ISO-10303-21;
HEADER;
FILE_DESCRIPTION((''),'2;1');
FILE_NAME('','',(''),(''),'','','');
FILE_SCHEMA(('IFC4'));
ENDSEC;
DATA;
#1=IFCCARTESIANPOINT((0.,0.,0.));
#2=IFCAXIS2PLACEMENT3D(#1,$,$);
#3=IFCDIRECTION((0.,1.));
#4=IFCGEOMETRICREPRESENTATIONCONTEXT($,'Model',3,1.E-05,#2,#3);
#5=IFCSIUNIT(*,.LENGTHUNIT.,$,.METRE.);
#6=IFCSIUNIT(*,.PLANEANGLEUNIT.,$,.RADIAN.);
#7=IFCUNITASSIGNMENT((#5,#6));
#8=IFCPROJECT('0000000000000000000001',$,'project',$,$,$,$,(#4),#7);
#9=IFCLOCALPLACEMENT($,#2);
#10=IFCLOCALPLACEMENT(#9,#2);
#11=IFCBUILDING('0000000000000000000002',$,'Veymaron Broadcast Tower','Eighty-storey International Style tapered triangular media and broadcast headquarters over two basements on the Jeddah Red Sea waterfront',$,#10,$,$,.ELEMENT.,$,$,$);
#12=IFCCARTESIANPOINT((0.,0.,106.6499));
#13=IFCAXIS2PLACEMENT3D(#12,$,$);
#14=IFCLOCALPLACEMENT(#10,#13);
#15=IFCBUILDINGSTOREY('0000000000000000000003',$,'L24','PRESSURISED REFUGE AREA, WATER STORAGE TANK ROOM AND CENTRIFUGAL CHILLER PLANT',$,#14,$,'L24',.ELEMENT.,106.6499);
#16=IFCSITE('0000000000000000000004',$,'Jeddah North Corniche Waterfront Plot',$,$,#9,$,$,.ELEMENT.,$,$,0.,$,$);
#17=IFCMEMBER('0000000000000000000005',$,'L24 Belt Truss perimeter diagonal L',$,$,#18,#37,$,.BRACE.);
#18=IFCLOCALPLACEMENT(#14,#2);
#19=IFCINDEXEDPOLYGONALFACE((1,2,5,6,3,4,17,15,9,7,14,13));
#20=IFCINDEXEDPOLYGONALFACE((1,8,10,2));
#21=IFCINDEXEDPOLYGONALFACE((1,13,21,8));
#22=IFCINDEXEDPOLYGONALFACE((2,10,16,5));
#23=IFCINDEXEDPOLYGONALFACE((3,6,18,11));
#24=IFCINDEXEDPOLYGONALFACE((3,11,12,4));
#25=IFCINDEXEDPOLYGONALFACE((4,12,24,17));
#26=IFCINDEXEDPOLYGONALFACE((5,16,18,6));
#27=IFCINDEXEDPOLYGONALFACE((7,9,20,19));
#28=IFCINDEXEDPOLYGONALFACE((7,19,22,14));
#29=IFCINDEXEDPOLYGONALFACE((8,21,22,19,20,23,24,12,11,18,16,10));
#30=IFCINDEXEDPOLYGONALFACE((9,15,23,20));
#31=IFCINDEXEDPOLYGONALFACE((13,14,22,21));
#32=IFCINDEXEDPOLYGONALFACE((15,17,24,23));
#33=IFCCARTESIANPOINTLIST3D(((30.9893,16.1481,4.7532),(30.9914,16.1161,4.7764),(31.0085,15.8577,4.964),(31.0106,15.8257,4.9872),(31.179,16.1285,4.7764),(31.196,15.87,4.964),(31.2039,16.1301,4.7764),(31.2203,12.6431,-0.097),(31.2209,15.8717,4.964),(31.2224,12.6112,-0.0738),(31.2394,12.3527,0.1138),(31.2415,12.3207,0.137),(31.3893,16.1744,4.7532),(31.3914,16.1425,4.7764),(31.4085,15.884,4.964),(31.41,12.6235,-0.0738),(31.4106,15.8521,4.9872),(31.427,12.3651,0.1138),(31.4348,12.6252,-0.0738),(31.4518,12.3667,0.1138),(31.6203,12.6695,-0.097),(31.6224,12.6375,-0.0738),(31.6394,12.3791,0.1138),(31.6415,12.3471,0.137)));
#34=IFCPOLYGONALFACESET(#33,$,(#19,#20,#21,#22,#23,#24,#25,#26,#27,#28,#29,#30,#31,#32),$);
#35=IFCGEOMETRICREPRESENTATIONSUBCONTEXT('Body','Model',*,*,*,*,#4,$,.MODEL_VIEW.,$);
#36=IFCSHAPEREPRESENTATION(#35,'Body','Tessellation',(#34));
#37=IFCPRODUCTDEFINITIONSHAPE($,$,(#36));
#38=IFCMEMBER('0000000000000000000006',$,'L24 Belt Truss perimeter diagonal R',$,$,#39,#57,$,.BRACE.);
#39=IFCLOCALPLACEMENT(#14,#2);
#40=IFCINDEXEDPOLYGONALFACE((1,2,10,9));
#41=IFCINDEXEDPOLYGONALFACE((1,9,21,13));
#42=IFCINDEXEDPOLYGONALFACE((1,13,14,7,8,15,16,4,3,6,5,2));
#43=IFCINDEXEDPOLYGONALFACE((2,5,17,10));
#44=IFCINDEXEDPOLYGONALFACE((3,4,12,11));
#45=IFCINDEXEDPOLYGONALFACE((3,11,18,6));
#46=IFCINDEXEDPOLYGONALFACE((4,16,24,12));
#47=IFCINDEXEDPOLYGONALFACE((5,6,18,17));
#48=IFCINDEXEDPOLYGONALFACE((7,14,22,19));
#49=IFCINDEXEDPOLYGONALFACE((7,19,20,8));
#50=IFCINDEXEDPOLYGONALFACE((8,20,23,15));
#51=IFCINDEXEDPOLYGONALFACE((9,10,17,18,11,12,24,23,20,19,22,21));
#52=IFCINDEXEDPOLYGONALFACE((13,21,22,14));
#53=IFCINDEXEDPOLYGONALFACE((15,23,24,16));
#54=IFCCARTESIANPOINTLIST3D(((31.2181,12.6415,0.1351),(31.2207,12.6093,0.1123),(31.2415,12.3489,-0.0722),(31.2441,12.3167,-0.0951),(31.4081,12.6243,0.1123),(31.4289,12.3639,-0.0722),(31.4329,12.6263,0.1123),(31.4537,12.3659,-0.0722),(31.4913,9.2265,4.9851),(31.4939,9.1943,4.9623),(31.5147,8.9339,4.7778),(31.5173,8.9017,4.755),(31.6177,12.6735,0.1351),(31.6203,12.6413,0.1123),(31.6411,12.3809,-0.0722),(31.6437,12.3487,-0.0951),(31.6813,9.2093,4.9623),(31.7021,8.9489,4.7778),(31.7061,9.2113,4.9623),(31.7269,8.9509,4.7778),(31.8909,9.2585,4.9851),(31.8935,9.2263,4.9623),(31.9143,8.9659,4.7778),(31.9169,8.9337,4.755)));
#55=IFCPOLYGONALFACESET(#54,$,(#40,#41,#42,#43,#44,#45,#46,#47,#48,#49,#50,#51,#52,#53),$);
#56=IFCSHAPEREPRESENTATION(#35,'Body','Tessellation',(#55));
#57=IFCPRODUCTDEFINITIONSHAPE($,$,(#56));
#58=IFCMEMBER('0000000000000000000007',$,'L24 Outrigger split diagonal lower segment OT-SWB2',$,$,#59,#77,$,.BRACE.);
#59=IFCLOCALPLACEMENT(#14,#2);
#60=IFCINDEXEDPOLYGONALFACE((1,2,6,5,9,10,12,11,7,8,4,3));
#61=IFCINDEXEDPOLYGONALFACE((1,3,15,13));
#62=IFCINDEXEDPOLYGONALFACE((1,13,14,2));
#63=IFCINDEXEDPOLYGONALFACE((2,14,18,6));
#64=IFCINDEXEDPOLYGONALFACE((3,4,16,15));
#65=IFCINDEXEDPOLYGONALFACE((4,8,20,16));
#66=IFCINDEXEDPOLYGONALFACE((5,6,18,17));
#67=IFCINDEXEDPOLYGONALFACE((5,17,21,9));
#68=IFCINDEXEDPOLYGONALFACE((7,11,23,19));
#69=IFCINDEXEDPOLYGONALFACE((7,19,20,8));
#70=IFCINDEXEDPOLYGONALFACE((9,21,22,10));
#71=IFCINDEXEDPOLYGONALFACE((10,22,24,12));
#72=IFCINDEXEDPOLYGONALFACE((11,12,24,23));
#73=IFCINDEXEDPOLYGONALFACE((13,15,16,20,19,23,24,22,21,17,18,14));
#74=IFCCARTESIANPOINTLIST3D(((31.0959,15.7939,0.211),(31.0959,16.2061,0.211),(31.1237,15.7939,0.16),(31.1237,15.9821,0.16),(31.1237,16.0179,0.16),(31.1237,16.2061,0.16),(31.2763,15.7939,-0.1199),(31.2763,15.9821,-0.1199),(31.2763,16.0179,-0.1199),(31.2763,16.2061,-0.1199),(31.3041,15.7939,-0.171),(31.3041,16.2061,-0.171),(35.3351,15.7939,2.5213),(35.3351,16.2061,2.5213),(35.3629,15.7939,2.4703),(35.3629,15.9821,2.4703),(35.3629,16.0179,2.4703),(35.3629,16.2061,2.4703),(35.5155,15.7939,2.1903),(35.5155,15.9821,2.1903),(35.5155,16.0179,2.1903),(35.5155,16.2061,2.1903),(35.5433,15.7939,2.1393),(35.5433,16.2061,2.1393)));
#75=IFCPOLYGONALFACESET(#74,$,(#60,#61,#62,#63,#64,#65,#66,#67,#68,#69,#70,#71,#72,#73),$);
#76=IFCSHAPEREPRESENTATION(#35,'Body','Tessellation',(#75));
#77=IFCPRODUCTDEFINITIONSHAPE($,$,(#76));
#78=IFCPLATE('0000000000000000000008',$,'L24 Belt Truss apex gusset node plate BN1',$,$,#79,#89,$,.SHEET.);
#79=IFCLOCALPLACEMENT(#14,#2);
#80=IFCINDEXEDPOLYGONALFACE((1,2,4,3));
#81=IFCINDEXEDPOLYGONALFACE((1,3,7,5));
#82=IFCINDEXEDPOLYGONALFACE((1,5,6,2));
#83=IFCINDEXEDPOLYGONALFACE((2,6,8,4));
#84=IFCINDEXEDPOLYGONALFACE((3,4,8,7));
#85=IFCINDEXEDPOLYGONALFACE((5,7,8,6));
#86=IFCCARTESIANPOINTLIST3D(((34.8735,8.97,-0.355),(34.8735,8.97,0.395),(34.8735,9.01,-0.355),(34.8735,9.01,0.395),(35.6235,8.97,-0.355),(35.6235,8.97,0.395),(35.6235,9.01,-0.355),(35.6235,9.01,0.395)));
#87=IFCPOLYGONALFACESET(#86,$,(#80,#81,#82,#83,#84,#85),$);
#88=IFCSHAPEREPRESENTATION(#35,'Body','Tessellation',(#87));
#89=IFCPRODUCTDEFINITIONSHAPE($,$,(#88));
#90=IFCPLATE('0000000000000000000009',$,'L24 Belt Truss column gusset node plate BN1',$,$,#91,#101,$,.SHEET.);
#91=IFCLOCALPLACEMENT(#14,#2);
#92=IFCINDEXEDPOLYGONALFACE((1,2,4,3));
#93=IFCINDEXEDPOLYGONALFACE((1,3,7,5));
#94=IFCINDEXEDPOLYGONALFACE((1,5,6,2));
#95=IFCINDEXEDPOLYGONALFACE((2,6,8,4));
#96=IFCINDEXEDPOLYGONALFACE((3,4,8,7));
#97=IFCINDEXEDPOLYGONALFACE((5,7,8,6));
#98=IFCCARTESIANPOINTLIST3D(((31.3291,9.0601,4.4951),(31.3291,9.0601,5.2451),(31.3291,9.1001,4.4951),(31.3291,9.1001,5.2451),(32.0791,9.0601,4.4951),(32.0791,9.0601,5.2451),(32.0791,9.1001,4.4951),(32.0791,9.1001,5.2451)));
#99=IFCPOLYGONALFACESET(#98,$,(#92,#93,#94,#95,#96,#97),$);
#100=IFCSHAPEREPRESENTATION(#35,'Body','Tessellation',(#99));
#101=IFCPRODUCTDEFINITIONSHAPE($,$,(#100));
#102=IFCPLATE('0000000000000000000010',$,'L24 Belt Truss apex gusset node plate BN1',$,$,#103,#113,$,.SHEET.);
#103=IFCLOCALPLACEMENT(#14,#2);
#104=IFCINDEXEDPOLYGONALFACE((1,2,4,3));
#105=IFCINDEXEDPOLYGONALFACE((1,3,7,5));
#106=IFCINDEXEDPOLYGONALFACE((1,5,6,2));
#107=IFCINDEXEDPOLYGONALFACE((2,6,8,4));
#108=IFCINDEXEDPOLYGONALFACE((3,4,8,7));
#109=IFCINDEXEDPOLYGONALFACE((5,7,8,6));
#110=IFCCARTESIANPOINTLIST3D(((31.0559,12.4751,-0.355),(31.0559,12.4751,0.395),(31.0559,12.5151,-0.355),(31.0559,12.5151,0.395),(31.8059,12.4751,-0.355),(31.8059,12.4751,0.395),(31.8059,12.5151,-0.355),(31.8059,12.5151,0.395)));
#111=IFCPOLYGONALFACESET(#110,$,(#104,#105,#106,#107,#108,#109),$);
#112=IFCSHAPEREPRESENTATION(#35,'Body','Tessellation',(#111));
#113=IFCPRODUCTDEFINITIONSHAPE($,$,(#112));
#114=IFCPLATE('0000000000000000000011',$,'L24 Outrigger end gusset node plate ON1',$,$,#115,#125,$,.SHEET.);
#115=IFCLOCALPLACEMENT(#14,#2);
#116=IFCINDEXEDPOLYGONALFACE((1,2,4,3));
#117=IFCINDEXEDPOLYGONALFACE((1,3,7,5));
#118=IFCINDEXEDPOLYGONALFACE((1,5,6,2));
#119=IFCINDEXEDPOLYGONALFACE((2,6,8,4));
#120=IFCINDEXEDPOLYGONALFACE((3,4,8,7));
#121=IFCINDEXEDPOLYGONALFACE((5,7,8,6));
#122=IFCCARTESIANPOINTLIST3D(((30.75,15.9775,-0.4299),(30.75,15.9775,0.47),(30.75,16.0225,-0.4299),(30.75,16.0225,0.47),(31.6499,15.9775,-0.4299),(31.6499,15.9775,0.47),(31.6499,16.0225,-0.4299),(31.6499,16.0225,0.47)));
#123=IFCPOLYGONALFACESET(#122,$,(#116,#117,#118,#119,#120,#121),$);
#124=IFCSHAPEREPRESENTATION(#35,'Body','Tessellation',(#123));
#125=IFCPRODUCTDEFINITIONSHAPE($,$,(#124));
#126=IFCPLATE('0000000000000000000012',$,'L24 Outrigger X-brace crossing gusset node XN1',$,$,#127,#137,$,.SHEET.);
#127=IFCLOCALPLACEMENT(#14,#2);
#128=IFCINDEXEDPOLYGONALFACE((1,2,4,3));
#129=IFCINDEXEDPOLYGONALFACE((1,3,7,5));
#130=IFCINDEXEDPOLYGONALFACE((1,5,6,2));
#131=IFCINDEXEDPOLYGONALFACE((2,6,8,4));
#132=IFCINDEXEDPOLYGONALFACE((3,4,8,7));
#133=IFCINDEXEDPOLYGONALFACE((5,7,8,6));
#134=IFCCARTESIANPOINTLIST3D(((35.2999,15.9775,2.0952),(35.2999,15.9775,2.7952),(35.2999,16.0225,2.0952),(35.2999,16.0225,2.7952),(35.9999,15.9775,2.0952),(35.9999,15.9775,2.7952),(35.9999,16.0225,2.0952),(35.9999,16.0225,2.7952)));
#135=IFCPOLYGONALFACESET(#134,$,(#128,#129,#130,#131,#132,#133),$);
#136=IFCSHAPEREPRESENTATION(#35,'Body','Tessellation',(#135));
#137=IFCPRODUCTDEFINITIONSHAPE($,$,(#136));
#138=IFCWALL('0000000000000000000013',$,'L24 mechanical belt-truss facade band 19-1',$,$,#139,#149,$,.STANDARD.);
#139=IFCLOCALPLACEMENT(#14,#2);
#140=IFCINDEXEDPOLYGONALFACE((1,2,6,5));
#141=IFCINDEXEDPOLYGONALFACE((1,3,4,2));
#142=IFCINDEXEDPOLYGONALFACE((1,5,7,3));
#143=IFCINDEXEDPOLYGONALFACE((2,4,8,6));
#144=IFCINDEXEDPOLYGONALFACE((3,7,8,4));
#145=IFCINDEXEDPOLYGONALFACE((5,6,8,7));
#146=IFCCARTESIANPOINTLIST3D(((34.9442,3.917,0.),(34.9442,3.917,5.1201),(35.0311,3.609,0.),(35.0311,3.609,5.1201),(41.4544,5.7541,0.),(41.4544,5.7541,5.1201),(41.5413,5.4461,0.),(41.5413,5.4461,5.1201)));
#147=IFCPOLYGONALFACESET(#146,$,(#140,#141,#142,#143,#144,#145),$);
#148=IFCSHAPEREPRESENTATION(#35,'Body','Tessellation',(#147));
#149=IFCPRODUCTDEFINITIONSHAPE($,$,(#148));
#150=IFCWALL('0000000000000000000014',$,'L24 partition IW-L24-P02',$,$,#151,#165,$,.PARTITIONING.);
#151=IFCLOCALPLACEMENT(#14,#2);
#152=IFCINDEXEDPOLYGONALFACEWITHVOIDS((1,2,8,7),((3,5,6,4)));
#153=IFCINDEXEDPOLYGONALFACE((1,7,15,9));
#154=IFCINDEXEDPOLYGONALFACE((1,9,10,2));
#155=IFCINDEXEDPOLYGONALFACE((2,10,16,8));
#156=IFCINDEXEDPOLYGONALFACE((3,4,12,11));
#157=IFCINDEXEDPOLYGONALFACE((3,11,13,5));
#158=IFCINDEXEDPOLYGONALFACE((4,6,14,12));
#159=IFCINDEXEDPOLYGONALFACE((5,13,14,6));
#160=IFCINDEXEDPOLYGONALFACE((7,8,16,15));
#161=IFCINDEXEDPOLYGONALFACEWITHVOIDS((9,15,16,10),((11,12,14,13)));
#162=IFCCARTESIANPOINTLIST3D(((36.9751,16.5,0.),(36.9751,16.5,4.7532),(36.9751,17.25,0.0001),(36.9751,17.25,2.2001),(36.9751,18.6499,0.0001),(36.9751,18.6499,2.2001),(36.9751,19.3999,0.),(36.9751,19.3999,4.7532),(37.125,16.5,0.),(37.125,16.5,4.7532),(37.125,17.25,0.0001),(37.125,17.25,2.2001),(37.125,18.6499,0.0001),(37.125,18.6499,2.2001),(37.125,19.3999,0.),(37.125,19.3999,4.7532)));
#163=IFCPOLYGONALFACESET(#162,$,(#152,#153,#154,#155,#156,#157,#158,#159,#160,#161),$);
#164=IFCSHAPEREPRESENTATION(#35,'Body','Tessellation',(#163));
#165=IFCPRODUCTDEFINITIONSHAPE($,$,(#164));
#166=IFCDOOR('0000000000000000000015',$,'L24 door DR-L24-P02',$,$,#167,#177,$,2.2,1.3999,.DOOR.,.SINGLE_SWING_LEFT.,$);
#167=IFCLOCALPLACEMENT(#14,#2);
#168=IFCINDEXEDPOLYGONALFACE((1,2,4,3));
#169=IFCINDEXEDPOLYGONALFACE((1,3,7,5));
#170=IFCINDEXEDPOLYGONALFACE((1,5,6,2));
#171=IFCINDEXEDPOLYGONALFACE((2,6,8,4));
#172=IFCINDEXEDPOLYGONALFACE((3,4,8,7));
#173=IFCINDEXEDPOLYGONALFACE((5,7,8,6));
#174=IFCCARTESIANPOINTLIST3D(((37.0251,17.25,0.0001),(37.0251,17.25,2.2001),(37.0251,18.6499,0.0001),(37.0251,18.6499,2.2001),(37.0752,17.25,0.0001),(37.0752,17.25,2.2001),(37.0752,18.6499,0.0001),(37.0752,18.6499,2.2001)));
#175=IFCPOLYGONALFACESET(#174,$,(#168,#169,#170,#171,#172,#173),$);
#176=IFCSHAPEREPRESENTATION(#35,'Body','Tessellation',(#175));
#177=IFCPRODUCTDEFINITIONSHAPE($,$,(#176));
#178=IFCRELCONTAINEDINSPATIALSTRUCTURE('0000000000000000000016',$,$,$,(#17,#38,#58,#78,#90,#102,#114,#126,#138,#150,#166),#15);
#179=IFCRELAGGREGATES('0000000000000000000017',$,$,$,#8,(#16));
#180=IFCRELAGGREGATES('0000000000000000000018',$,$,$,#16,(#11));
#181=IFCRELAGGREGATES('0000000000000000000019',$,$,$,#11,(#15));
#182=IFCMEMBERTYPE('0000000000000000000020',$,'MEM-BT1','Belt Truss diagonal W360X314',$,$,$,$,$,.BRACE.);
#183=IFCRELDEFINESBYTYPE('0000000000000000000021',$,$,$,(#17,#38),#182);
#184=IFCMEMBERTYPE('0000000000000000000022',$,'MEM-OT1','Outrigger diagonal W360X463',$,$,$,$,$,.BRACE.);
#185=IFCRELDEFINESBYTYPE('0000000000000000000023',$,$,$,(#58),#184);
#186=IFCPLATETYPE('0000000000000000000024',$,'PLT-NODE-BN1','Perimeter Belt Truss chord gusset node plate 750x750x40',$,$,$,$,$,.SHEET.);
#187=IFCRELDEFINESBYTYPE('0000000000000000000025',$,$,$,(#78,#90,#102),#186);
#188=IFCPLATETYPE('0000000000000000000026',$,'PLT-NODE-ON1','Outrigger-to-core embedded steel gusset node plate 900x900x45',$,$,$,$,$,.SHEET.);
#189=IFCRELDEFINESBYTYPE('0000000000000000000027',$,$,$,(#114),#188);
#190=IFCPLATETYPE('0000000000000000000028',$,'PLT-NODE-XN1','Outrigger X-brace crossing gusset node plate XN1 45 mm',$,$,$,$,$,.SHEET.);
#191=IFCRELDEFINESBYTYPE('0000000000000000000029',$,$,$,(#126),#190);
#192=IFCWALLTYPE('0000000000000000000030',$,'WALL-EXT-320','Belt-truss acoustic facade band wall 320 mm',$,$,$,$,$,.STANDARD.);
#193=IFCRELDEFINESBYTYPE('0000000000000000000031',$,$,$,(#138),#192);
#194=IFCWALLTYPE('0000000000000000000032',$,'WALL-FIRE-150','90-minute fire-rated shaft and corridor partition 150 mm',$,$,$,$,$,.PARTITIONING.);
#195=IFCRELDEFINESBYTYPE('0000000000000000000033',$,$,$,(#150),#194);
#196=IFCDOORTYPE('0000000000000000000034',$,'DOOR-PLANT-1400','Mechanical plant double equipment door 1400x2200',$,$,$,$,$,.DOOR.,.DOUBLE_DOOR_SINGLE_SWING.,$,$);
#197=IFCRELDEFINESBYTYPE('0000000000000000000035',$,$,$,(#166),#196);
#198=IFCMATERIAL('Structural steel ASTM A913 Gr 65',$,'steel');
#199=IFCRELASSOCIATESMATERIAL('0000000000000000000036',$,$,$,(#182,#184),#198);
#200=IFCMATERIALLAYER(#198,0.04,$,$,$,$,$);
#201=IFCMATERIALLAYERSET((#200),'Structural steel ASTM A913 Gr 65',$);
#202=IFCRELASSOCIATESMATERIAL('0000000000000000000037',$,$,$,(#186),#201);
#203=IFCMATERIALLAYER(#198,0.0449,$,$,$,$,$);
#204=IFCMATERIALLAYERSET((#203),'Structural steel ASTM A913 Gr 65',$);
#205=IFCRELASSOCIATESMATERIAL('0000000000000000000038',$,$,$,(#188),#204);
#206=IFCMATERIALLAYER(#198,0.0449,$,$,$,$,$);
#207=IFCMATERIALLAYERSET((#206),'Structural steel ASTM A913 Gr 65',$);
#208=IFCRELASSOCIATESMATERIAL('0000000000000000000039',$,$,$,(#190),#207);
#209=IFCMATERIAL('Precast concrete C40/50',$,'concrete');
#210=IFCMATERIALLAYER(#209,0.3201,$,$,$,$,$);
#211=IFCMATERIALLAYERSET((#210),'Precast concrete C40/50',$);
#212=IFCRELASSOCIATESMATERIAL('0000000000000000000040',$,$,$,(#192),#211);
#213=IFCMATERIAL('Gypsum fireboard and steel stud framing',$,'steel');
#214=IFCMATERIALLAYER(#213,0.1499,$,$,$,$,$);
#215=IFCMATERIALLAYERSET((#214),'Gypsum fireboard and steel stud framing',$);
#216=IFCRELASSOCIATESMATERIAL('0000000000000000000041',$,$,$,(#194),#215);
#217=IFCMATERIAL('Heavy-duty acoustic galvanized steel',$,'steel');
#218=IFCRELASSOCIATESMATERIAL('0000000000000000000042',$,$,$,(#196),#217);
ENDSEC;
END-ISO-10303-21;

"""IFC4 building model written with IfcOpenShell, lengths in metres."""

from ifc_helpers import new_model, si_unit, direction, frame, frame_2d, origin, origin_2d, place, context, subcontext, project, spatial, rectangle, i_section, extrude, material, layer, layer_set, material_profile, profile_set, type_object, element, fill, save


model = new_model("IFC4")

# Units and contexts
model_context = context("Model", 3, precision=1e-05, world=origin(), true_north=direction((0.0, 1.0)))
body_context = subcontext(model_context, "Body", "Model", "MODEL_VIEW")
ifc_project = project(units=[si_unit("LENGTHUNIT", "METRE"), si_unit("PLANEANGLEUNIT", "RADIAN")], contexts=[model_context])

# Site, building, storey
site_placement = place(None, origin())
site = spatial("IfcSite", under=ifc_project, at=site_placement, Name="Jeddah North Corniche Waterfront Plot", CompositionType="ELEMENT", RefElevation=0.0)
building_placement = place(site_placement, origin())
building = spatial("IfcBuilding", under=site, at=building_placement, Name="Veymaron Broadcast Tower", Description="Eighty-storey International Style tapered triangular media and broadcast headquarters over two basements on the Jeddah Red Sea waterfront", CompositionType="ELEMENT")
storey_placement = place(building_placement, frame((0.0, 0.0, 106.6499)))
storey = spatial("IfcBuildingStorey", under=building, at=storey_placement, Name="L24", Description="PRESSURISED REFUGE AREA, WATER STORAGE TANK ROOM AND CENTRIFUGAL CHILLER PLANT", LongName="L24", CompositionType="ELEMENT", Elevation=106.6499)

# Shared definitions
ifc_material_1 = material(Name="Structural steel ASTM A913 Gr 65", Category="steel")

# Members
ifc_material_profile_1 = material_profile(ifc_material_1, i_section(OverallWidth=0.4009, OverallDepth=0.3989, WebThickness=0.0249, FlangeThickness=0.0396, at=origin_2d()), Name="W360X314")
ifc_profile_set_1 = profile_set([ifc_material_profile_1], Name="Structural steel ASTM A913 Gr 65")
member_type_1 = type_object("IfcMemberType", Name="MEM-BT1", Description="Belt Truss diagonal W360X314", PredefinedType="BRACE", material=ifc_profile_set_1)
member_1_placement = place(storey_placement, frame((31.4309, 12.4951, 0.02), z_axis=(-0.038567, 0.585278, 0.809915), x_axis=(-0.997836, -0.065753, 0.0)))
element("IfcMember", 1, at=member_1_placement, inside=storey, type_object=member_type_1, Name="L24 Belt Truss perimeter diagonal L", PredefinedType="BRACE", context=body_context, shape_type="SweptSolid", body=[
    extrude(i_section(OverallWidth=0.4009, OverallDepth=0.3989, WebThickness=0.0249, FlangeThickness=0.0396, at=origin_2d()), origin(), (0.0, 0.0, 1.0), 5.9885),
])
member_2_placement = place(storey_placement, frame((31.4309, 12.4951, 0.02), z_axis=(0.046007, -0.57511, 0.816781), x_axis=(0.996816, 0.079742, 0.0)))
element("IfcMember", 2, at=member_2_placement, inside=storey, type_object=member_type_1, Name="L24 Belt Truss perimeter diagonal R", PredefinedType="BRACE", context=body_context, shape_type="SweptSolid", body=[
    extrude(i_section(OverallWidth=0.4009, OverallDepth=0.3989, WebThickness=0.0249, FlangeThickness=0.0396, at=origin_2d()), origin(), (0.0, 0.0, 1.0), 5.938),
])
ifc_material_profile_2 = material_profile(ifc_material_1, i_section(OverallWidth=0.4121, OverallDepth=0.4351, WebThickness=0.0359, FlangeThickness=0.0581, at=origin_2d()), Name="W360X463")
ifc_profile_set_2 = profile_set([ifc_material_profile_2], Name="Structural steel ASTM A913 Gr 65")
member_type_2 = type_object("IfcMemberType", Name="MEM-OT1", Description="Outrigger diagonal W360X463", PredefinedType="BRACE", material=ifc_profile_set_2)
member_3_placement = place(storey_placement, frame((35.4392, 16.0, 2.3303), z_axis=(-0.878071, 0.0, -0.47853), x_axis=(0.0, -1.0, 0.0)))
element("IfcMember", 3, at=member_3_placement, inside=storey, type_object=member_type_2, Name="L24 Outrigger split diagonal lower segment OT-SWB2", PredefinedType="BRACE", context=body_context, shape_type="SweptSolid", body=[
    extrude(i_section(OverallWidth=0.4121, OverallDepth=0.4351, WebThickness=0.0359, FlangeThickness=0.0581, at=origin_2d()), origin(), (0.0, 0.0, 1.0), 4.8279),
])

# Plates
ifc_layer_1 = layer(ifc_material_1, 0.04)
ifc_layer_set_1 = layer_set([ifc_layer_1], Name="Structural steel ASTM A913 Gr 65")
plate_type_1 = type_object("IfcPlateType", Name="PLT-NODE-BN1", Description="Perimeter Belt Truss chord gusset node plate 750x750x40", PredefinedType="SHEET", material=ifc_layer_set_1)
for number, where, z_axis, x_axis, name in (
    (4, (35.2485, 8.99, -0.355), (0.0, 0.0, 1.0), (1.0, 0.0, 0.0), "L24 Belt Truss apex gusset node plate BN1"),
    (5, (31.7041, 9.0801, 4.4951), (0.0, 0.0, 1.0), (1.0, 0.0, 0.0), "L24 Belt Truss column gusset node plate BN1"),
    (6, (31.4309, 12.4951, -0.355), (0.0, 0.0, 1.0), (1.0, 0.0, 0.0), "L24 Belt Truss apex gusset node plate BN1"),
):
    element("IfcPlate", number, at=place(storey_placement, frame(where, z_axis=z_axis, x_axis=x_axis)), inside=storey, type_object=plate_type_1, Name=name, PredefinedType="SHEET", context=body_context, shape_type="SweptSolid", body=[
        extrude(rectangle(XDim=0.75, YDim=0.04, at=origin_2d()), origin(), (0.0, 0.0, 1.0), 0.75),
    ])
ifc_layer_2 = layer(ifc_material_1, 0.0449)
ifc_layer_set_2 = layer_set([ifc_layer_2], Name="Structural steel ASTM A913 Gr 65")
plate_type_2 = type_object("IfcPlateType", Name="PLT-NODE-ON1", Description="Outrigger-to-core embedded steel gusset node plate 900x900x45", PredefinedType="SHEET", material=ifc_layer_set_2)
plate_1_placement = place(storey_placement, frame((31.2, 16.0, -0.4299), z_axis=(0.0, 0.0, 1.0), x_axis=(1.0, 0.0, 0.0)))
element("IfcPlate", 7, at=plate_1_placement, inside=storey, type_object=plate_type_2, Name="L24 Outrigger end gusset node plate ON1", PredefinedType="SHEET", context=body_context, shape_type="SweptSolid", body=[
    extrude(rectangle(XDim=0.8999, YDim=0.0449, at=origin_2d()), origin(), (0.0, 0.0, 1.0), 0.8999),
])
ifc_layer_3 = layer(ifc_material_1, 0.0449)
ifc_layer_set_3 = layer_set([ifc_layer_3], Name="Structural steel ASTM A913 Gr 65")
plate_type_3 = type_object("IfcPlateType", Name="PLT-NODE-XN1", Description="Outrigger X-brace crossing gusset node plate XN1 45 mm", PredefinedType="SHEET", material=ifc_layer_set_3)
plate_2_placement = place(storey_placement, frame((35.6499, 16.0, 2.0952), z_axis=(0.0, 0.0, 1.0), x_axis=(1.0, 0.0, 0.0)))
element("IfcPlate", 8, at=plate_2_placement, inside=storey, type_object=plate_type_3, Name="L24 Outrigger X-brace crossing gusset node XN1", PredefinedType="SHEET", context=body_context, shape_type="SweptSolid", body=[
    extrude(rectangle(XDim=0.7, YDim=0.0449, at=origin_2d()), origin(), (0.0, 0.0, 1.0), 0.7),
])

# Wall
ifc_material_2 = material(Name="Precast concrete C40/50", Category="concrete")
ifc_layer_4 = layer(ifc_material_2, 0.3201)
ifc_layer_set_4 = layer_set([ifc_layer_4], Name="Precast concrete C40/50")
wall_type_1 = type_object("IfcWallType", Name="WALL-EXT-320", Description="Belt-truss acoustic facade band wall 320 mm", PredefinedType="STANDARD", material=ifc_layer_set_4)
wall_1_placement = place(storey_placement, frame((34.9875, 3.7629, 0.0), z_axis=(0.0, 0.0, 1.0), x_axis=(0.962414, 0.271588, 0.0)))
element("IfcWall", 9, at=wall_1_placement, inside=storey, type_object=wall_type_1, Name="L24 mechanical belt-truss facade band 19-1", PredefinedType="STANDARD", context=body_context, shape_type="SweptSolid", body=[
    extrude(rectangle(XDim=6.7644, YDim=0.3201, at=frame_2d((3.3823, 0.0))), origin(), (0.0, 0.0, 1.0), 5.1201),
])

# Wall, opening, door
ifc_material_3 = material(Name="Gypsum fireboard and steel stud framing", Category="steel")
ifc_layer_5 = layer(ifc_material_3, 0.1499)
ifc_layer_set_5 = layer_set([ifc_layer_5], Name="Gypsum fireboard and steel stud framing")
wall_type_2 = type_object("IfcWallType", Name="WALL-FIRE-150", Description="90-minute fire-rated shaft and corridor partition 150 mm", PredefinedType="PARTITIONING", material=ifc_layer_set_5)
wall_2_placement = place(storey_placement, frame((37.05, 16.5, 0.0), z_axis=(0.0, 0.0, 1.0), x_axis=(0.0, 1.0, 0.0)))
wall_2 = element("IfcWall", 10, at=wall_2_placement, inside=storey, type_object=wall_type_2, Name="L24 partition IW-L24-P02", PredefinedType="PARTITIONING", context=body_context, shape_type="SweptSolid", body=[
    extrude(rectangle(XDim=2.8999, YDim=0.1499, at=frame_2d((1.45, 0.0))), origin(), (0.0, 0.0, 1.0), 4.7532),
])
opening_1_placement = place(wall_2_placement, frame((0.75, 0.0, 0.0)))
opening_1 = element("IfcOpeningElement", 11, at=opening_1_placement, cuts=wall_2, PredefinedType="OPENING", context=body_context, shape_type="SweptSolid", body=[
    extrude(rectangle(XDim=1.3999, YDim=2.2, at=frame_2d((0.7, 1.1001))), frame((0.0, 0.085, 0.0), z_axis=(0.0, -1.0, 0.0), x_axis=(1.0, 0.0, 0.0)), (0.0, 0.0, 1.0), 0.1699),
])
ifc_material_4 = material(Name="Heavy-duty acoustic galvanized steel", Category="steel")
door_type_1 = type_object("IfcDoorType", Name="DOOR-PLANT-1400", Description="Mechanical plant double equipment door 1400x2200", OperationType="DOUBLE_DOOR_SINGLE_SWING", PredefinedType="DOOR", material=ifc_material_4)
door_1_placement = place(opening_1_placement, origin())
door_1 = element("IfcDoor", 12, at=door_1_placement, inside=storey, type_object=door_type_1, Name="L24 door DR-L24-P02", OperationType="SINGLE_SWING_LEFT", OverallHeight=2.2, OverallWidth=1.3999, PredefinedType="DOOR", context=body_context, shape_type="SweptSolid", body=[
    extrude(rectangle(XDim=1.3999, YDim=2.2, at=frame_2d((0.7, 1.1001))), frame((0.0, 0.0249, 0.0), z_axis=(0.0, -1.0, 0.0), x_axis=(1.0, 0.0, 0.0)), (0.0, 0.0, 1.0), 0.05),
])
fill(opening_1, door_1)

save(model, "model.ifc")
